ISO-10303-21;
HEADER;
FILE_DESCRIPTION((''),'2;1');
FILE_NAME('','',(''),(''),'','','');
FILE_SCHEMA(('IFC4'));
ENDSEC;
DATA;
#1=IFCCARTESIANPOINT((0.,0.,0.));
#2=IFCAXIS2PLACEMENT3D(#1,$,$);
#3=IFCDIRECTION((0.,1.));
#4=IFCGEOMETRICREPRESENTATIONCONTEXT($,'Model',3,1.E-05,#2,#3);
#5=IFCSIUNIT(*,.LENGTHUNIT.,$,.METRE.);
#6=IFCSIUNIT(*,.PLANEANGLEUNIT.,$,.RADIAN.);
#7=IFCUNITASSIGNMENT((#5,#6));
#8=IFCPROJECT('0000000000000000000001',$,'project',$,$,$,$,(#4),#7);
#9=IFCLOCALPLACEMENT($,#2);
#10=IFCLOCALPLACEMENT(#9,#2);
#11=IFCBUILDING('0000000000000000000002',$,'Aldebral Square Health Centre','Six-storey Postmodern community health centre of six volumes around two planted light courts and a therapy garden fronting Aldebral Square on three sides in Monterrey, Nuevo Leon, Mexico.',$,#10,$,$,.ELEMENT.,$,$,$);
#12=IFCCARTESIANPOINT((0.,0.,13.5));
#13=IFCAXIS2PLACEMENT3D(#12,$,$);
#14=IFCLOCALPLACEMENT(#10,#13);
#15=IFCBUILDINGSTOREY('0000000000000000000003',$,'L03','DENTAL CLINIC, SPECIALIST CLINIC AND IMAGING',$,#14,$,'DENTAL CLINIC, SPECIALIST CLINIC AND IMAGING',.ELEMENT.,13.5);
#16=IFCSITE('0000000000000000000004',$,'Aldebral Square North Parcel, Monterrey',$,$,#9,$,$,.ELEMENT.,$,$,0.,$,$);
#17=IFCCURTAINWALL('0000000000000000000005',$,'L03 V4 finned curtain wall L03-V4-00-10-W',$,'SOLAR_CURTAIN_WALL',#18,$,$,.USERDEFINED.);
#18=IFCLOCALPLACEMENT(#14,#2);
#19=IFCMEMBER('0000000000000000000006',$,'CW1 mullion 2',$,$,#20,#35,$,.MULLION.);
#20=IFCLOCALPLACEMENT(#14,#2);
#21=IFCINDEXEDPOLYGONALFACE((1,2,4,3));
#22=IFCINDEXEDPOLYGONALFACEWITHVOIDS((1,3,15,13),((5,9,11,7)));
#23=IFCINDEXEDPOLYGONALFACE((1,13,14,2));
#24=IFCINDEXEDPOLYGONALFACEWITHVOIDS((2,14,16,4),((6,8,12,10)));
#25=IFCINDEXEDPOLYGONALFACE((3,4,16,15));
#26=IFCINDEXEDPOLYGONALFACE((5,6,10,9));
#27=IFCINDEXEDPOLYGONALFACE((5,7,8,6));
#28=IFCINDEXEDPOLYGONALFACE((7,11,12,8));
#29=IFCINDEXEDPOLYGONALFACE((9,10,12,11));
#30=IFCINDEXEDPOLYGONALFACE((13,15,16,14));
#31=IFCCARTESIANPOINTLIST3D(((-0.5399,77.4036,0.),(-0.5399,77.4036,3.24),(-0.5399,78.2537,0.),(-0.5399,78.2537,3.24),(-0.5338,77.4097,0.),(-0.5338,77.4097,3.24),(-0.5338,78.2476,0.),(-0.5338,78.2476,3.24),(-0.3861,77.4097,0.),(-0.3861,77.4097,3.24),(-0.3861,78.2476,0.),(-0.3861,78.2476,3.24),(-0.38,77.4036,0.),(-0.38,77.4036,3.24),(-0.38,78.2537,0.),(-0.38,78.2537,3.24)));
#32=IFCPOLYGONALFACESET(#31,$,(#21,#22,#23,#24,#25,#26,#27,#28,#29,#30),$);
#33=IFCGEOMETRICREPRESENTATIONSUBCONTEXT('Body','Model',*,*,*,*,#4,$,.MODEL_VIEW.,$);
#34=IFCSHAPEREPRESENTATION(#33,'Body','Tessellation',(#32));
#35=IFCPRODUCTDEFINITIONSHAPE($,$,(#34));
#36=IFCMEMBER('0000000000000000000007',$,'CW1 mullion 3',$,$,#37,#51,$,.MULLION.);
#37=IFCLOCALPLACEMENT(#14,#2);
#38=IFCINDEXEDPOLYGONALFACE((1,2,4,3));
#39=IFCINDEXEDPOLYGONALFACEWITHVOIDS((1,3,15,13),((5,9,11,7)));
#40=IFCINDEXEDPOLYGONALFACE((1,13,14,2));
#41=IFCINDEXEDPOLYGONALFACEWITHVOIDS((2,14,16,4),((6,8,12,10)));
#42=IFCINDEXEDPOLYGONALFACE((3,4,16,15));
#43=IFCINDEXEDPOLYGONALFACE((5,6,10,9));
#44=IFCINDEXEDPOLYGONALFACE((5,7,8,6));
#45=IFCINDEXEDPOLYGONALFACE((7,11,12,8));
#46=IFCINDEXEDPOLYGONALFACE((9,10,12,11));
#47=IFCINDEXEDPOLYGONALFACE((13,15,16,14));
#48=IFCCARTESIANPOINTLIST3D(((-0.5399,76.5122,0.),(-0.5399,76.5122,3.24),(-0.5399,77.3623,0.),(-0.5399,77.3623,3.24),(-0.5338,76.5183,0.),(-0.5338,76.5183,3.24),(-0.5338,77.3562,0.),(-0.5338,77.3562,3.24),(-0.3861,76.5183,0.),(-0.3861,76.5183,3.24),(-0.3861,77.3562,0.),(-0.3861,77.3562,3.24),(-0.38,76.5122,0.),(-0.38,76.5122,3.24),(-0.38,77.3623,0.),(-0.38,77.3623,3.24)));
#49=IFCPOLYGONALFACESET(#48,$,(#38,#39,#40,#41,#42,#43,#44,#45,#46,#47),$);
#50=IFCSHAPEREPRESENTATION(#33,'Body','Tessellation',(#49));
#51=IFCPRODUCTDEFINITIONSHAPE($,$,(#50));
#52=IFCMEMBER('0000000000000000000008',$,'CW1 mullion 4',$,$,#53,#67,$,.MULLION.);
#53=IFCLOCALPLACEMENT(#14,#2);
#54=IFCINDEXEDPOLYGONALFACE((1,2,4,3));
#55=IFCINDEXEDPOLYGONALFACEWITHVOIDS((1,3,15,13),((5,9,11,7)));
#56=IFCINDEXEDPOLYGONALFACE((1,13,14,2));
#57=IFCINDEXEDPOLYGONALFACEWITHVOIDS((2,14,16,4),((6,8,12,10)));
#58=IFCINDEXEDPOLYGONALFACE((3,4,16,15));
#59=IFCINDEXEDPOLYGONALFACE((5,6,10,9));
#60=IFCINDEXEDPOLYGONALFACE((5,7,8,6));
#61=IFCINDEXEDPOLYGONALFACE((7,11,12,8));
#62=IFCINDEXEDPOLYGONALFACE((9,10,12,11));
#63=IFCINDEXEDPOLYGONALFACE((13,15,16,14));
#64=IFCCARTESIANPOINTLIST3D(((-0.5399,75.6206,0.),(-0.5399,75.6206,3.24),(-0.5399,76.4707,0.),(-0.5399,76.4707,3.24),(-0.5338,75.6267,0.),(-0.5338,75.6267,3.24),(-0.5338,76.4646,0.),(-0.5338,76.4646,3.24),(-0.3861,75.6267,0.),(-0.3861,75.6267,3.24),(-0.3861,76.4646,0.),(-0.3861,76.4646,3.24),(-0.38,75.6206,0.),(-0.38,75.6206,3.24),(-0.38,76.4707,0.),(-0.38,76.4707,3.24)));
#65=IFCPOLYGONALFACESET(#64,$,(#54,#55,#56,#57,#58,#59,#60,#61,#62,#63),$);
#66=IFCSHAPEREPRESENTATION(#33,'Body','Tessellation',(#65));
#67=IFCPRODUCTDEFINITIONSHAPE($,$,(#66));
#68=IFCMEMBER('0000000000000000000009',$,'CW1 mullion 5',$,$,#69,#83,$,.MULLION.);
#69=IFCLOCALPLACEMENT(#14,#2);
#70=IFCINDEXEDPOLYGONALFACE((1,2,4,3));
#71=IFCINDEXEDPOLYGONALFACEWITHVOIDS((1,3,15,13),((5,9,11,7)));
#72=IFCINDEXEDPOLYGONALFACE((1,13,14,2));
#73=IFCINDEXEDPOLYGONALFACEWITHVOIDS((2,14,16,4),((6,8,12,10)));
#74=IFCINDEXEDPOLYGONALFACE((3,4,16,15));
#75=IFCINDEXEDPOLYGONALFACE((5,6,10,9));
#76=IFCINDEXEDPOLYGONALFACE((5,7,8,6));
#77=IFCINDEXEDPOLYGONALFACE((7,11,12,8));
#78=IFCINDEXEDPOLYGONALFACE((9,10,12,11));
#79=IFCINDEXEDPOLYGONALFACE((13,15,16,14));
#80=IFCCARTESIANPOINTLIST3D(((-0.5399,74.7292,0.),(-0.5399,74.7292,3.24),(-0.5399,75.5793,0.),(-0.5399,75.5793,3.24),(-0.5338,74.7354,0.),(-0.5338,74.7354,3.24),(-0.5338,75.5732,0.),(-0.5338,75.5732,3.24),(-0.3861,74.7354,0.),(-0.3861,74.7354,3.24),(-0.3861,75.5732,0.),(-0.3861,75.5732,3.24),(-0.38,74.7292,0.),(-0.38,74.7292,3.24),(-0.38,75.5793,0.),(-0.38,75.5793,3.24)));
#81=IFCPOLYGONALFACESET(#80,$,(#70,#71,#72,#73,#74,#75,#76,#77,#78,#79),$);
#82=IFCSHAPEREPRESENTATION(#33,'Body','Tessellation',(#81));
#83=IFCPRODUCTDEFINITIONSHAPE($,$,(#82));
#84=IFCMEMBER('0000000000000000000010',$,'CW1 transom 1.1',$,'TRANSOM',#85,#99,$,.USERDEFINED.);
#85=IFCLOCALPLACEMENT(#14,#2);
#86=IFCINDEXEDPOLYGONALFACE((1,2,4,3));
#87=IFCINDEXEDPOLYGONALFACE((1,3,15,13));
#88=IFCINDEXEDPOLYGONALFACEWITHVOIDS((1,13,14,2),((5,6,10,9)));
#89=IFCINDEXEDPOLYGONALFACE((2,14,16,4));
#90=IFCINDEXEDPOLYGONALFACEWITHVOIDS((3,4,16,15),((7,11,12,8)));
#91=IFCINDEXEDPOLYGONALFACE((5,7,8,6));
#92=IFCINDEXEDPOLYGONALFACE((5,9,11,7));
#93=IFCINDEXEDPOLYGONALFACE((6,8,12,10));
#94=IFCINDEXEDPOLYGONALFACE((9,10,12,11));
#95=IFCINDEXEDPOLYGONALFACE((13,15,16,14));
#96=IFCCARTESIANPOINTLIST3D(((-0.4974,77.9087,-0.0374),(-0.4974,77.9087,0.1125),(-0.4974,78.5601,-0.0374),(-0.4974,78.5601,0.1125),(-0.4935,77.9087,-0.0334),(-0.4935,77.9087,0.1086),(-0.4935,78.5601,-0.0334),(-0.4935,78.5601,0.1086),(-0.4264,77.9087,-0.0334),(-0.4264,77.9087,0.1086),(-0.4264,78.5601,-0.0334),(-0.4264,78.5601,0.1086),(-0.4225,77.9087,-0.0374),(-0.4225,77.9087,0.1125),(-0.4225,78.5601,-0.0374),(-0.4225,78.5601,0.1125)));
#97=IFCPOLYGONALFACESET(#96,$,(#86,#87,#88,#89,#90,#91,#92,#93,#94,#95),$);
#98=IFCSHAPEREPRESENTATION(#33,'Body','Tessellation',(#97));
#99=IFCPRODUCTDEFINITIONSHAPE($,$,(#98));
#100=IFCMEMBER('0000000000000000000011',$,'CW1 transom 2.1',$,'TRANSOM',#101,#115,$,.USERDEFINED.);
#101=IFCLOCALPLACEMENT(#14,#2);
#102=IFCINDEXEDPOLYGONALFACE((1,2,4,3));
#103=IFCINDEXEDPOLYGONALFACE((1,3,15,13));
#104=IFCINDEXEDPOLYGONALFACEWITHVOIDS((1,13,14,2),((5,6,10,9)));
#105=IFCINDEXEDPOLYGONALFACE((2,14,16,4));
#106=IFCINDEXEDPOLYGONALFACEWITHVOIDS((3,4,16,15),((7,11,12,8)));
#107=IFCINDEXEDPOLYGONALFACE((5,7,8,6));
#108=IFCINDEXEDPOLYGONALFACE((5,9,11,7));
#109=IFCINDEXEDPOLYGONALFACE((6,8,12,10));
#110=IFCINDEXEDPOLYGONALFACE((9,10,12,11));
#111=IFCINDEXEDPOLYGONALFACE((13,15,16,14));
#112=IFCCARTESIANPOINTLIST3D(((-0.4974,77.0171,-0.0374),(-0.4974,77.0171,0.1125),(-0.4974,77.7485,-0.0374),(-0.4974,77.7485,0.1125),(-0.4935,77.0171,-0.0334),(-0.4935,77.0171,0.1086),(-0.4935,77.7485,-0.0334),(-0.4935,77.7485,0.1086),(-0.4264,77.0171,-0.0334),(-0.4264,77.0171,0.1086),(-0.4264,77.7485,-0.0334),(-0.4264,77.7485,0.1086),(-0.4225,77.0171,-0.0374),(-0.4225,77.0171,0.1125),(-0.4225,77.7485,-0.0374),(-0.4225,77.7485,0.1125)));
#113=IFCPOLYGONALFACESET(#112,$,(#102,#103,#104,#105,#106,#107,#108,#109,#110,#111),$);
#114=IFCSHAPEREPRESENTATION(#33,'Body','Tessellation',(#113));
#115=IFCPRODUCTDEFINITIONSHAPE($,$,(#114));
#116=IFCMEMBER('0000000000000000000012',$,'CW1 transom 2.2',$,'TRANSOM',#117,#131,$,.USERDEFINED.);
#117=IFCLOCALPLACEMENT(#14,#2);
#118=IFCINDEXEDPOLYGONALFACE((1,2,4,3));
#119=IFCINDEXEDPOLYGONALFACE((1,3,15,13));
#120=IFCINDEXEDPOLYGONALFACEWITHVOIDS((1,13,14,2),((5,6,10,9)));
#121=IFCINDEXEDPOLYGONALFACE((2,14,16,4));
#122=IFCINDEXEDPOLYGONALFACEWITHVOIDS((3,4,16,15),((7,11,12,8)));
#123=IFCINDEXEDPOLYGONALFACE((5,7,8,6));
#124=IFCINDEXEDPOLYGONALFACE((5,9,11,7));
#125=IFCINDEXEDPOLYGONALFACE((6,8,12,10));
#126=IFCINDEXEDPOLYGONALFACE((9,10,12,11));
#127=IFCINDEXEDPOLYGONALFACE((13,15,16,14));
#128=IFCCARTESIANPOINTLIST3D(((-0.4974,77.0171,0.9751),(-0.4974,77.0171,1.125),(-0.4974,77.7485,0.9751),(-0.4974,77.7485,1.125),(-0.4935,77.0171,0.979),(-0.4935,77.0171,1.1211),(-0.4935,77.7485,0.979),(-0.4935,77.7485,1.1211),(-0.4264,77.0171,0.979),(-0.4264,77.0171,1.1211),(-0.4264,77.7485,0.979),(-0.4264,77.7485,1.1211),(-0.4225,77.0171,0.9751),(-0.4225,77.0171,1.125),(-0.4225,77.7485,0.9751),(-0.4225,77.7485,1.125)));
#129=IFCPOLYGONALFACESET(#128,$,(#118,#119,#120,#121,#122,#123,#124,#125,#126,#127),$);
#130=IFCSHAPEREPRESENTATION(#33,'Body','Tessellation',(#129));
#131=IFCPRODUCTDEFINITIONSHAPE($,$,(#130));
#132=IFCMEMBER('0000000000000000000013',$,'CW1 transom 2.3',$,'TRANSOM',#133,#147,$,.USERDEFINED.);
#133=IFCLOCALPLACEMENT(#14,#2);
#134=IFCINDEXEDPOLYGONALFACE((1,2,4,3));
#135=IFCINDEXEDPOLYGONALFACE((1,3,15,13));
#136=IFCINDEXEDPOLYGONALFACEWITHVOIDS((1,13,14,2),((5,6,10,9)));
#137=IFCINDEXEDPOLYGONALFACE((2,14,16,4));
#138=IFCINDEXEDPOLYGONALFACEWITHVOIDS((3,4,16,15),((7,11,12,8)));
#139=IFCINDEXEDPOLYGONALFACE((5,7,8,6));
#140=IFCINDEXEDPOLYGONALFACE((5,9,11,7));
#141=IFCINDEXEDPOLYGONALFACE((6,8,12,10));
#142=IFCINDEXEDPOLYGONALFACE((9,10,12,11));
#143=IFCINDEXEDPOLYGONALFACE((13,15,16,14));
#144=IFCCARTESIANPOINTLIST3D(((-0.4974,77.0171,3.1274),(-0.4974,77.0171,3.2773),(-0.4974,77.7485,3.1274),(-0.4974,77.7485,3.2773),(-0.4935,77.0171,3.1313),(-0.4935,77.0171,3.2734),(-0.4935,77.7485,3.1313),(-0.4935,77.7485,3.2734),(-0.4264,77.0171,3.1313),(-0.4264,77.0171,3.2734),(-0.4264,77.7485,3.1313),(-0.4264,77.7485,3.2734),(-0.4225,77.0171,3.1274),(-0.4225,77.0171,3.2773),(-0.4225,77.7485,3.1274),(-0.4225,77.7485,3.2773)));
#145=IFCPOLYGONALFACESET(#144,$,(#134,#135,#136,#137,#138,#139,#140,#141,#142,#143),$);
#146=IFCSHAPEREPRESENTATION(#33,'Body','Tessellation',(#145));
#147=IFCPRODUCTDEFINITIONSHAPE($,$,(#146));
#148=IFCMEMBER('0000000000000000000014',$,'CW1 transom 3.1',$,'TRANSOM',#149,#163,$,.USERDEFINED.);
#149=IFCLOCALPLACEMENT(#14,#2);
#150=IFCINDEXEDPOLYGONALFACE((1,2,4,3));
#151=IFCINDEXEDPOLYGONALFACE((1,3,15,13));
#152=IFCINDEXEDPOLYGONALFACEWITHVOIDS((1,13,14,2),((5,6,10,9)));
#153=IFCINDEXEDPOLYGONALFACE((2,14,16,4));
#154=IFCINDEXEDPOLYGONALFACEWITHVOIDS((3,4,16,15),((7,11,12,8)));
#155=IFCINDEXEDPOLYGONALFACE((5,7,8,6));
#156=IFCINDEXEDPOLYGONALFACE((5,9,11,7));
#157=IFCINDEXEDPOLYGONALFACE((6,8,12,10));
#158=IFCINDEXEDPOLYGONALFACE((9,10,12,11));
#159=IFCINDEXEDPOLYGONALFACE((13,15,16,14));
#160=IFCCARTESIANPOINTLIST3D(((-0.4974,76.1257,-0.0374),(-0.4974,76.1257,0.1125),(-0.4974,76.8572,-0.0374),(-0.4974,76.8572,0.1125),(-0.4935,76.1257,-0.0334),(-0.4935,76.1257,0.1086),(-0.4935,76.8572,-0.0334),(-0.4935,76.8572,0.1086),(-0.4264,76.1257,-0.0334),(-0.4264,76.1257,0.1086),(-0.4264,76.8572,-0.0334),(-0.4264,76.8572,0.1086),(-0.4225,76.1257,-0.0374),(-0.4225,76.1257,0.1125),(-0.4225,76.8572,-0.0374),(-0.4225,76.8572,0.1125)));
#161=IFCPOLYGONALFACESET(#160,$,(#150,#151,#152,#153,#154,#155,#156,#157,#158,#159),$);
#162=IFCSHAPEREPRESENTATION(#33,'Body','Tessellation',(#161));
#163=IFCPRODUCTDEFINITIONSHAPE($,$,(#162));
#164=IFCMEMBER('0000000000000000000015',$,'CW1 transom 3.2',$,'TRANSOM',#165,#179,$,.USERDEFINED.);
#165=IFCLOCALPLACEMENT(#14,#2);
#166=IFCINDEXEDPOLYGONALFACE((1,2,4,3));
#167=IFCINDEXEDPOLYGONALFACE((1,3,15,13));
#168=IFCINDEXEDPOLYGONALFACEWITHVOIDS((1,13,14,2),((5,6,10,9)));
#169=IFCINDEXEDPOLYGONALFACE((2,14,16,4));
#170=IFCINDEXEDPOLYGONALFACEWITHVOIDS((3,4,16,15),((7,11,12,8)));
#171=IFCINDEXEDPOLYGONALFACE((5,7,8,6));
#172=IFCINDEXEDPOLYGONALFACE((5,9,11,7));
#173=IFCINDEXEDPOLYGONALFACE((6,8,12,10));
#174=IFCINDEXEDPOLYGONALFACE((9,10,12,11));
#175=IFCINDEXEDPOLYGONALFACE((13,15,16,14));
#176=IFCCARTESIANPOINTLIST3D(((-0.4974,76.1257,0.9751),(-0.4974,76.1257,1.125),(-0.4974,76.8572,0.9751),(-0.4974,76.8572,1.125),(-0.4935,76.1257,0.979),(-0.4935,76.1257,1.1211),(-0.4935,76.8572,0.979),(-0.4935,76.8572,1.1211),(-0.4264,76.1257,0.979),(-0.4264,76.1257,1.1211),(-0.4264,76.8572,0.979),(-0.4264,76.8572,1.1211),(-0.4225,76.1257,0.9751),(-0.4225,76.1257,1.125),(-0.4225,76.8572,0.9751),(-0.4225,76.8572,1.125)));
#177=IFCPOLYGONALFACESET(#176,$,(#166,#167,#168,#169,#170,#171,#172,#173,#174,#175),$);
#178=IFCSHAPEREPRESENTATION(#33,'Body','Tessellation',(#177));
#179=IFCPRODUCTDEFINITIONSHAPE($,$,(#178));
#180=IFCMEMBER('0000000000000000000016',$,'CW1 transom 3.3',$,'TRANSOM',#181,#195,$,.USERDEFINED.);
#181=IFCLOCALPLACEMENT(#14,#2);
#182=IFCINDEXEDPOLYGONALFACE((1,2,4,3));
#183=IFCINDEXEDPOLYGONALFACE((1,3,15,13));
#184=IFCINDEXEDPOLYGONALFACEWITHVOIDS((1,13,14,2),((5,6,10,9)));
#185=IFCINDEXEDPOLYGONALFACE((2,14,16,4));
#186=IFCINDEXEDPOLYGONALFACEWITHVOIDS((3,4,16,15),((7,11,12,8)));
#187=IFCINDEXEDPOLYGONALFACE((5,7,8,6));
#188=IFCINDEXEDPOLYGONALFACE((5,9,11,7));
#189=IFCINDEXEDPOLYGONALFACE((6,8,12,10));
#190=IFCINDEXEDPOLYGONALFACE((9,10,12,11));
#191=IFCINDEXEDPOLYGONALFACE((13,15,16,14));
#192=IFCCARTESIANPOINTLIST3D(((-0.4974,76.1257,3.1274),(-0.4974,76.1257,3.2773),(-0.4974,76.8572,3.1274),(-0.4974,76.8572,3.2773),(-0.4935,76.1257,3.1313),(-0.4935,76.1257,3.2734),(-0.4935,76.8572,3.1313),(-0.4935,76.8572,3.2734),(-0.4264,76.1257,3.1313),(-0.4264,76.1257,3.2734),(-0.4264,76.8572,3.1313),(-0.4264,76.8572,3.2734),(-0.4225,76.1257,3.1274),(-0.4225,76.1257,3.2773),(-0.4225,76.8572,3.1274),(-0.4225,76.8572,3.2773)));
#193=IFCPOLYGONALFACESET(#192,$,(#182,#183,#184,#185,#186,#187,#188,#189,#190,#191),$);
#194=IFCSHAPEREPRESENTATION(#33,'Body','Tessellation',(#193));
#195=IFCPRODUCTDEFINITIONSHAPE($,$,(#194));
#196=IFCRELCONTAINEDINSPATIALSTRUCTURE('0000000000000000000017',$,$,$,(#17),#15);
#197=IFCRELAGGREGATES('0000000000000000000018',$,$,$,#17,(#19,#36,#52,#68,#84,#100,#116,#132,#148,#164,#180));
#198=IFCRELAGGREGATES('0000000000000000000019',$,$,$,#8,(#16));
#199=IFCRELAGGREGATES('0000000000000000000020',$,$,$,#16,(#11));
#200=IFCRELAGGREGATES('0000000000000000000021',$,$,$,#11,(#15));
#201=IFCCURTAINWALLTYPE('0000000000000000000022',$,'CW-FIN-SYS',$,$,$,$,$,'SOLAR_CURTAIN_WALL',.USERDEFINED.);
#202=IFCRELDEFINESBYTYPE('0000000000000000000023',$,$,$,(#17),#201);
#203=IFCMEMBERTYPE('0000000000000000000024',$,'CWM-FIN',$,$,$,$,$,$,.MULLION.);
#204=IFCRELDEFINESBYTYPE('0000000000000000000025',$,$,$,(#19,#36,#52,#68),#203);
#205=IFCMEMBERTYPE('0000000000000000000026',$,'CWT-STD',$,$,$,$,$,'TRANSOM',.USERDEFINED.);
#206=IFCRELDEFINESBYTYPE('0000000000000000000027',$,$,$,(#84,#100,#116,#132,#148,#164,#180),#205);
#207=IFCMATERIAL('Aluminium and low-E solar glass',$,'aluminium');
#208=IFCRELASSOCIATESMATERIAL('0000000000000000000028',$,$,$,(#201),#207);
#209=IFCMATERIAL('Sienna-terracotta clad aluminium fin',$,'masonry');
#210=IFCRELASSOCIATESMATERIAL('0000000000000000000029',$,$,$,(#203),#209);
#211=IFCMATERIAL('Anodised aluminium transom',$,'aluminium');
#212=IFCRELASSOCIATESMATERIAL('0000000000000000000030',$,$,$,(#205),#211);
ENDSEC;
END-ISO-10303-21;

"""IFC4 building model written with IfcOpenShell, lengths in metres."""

from ifc_helpers import new_model, si_unit, direction, frame, origin, origin_2d, place, context, subcontext, project, spatial, hollow_rectangle, extrude, material, material_profile, profile_set, type_object, element, aggregate, save


model = new_model("IFC4")

# Units and contexts
model_context = context("Model", 3, precision=1e-05, world=origin(), true_north=direction((0.0, 1.0)))
body_context = subcontext(model_context, "Body", "Model", "MODEL_VIEW")
ifc_project = project(units=[si_unit("LENGTHUNIT", "METRE"), si_unit("PLANEANGLEUNIT", "RADIAN")], contexts=[model_context])

# Site, building, storey
site_placement = place(None, origin())
site = spatial("IfcSite", under=ifc_project, at=site_placement, Name="Aldebral Square North Parcel, Monterrey", CompositionType="ELEMENT", RefElevation=0.0)
building_placement = place(site_placement, origin())
building = spatial("IfcBuilding", under=site, at=building_placement, Name="Aldebral Square Health Centre", Description="Six-storey Postmodern community health centre of six volumes around two planted light courts and a therapy garden fronting Aldebral Square on three sides in Monterrey, Nuevo Leon, Mexico.", CompositionType="ELEMENT")
storey_placement = place(building_placement, frame((0.0, 0.0, 13.5)))
storey = spatial("IfcBuildingStorey", under=building, at=storey_placement, Name="L03", Description="DENTAL CLINIC, SPECIALIST CLINIC AND IMAGING", LongName="DENTAL CLINIC, SPECIALIST CLINIC AND IMAGING", CompositionType="ELEMENT", Elevation=13.5)

# Curtain wall, members
ifc_material_1 = material(Name="Aluminium and low-E solar glass", Category="aluminium")
curtain_wall_type = type_object("IfcCurtainWallType", Name="CW-FIN-SYS", ElementType="SOLAR_CURTAIN_WALL", PredefinedType="USERDEFINED", material=ifc_material_1)
curtain_wall_placement = place(storey_placement, origin())
curtain_wall = element("IfcCurtainWall", 1, at=curtain_wall_placement, inside=storey, type_object=curtain_wall_type, Name="L03 V4 finned curtain wall L03-V4-00-10-W", ObjectType="SOLAR_CURTAIN_WALL", PredefinedType="USERDEFINED")
ifc_material_2 = material(Name="Sienna-terracotta clad aluminium fin", Category="masonry")
ifc_material_profile_1 = material_profile(ifc_material_2, hollow_rectangle(XDim=0.1599, YDim=0.8501, WallThickness=0.0061, at=origin_2d()), Name="FIN 160x850x6")
ifc_profile_set_1 = profile_set([ifc_material_profile_1], Name="Sienna-terracotta clad aluminium fin")
member_type_1 = type_object("IfcMemberType", Name="CWM-FIN", PredefinedType="MULLION", material=ifc_profile_set_1)
member_1_placement = place(storey_placement, frame((-0.46, 77.8286, 0.0), z_axis=(0.0, 0.0, 1.0), x_axis=(1.0, 0.0, 0.0)))
member_1 = element("IfcMember", 2, at=member_1_placement, type_object=member_type_1, Name="CW1 mullion 2", PredefinedType="MULLION", context=body_context, shape_type="SweptSolid", body=[
    extrude(hollow_rectangle(XDim=0.1599, YDim=0.8501, WallThickness=0.0061, at=origin_2d()), origin(), (0.0, 0.0, 1.0), 3.24),
])
member_2_placement = place(storey_placement, frame((-0.46, 76.9373, 0.0), z_axis=(0.0, 0.0, 1.0), x_axis=(1.0, 0.0, 0.0)))
member_2 = element("IfcMember", 3, at=member_2_placement, type_object=member_type_1, Name="CW1 mullion 3", PredefinedType="MULLION", context=body_context, shape_type="SweptSolid", body=[
    extrude(hollow_rectangle(XDim=0.1599, YDim=0.8501, WallThickness=0.0061, at=origin_2d()), origin(), (0.0, 0.0, 1.0), 3.24),
])
member_3_placement = place(storey_placement, frame((-0.46, 76.0457, 0.0), z_axis=(0.0, 0.0, 1.0), x_axis=(1.0, 0.0, 0.0)))
member_3 = element("IfcMember", 4, at=member_3_placement, type_object=member_type_1, Name="CW1 mullion 4", PredefinedType="MULLION", context=body_context, shape_type="SweptSolid", body=[
    extrude(hollow_rectangle(XDim=0.1599, YDim=0.8501, WallThickness=0.0061, at=origin_2d()), origin(), (0.0, 0.0, 1.0), 3.24),
])
member_4_placement = place(storey_placement, frame((-0.46, 75.1543, 0.0), z_axis=(0.0, 0.0, 1.0), x_axis=(1.0, 0.0, 0.0)))
member_4 = element("IfcMember", 5, at=member_4_placement, type_object=member_type_1, Name="CW1 mullion 5", PredefinedType="MULLION", context=body_context, shape_type="SweptSolid", body=[
    extrude(hollow_rectangle(XDim=0.1599, YDim=0.8501, WallThickness=0.0061, at=origin_2d()), origin(), (0.0, 0.0, 1.0), 3.24),
])
ifc_material_3 = material(Name="Anodised aluminium transom", Category="aluminium")
ifc_material_profile_2 = material_profile(ifc_material_3, hollow_rectangle(XDim=0.075, YDim=0.1499, WallThickness=0.0039, at=origin_2d()), Name="CWT 75x150x4")
ifc_profile_set_2 = profile_set([ifc_material_profile_2], Name="Anodised aluminium transom")
member_type_2 = type_object("IfcMemberType", Name="CWT-STD", ElementType="TRANSOM", PredefinedType="USERDEFINED", material=ifc_profile_set_2)
member_5_placement = place(storey_placement, frame((-0.46, 78.5601, 0.0376), z_axis=(0.0, -1.0, 0.0), x_axis=(1.0, 0.0, 0.0)))
member_5 = element("IfcMember", 6, at=member_5_placement, type_object=member_type_2, Name="CW1 transom 1.1", ObjectType="TRANSOM", PredefinedType="USERDEFINED", context=body_context, shape_type="SweptSolid", body=[
    extrude(hollow_rectangle(XDim=0.075, YDim=0.1499, WallThickness=0.0039, at=origin_2d()), origin(), (0.0, 0.0, 1.0), 0.6514),
])
member_6_placement = place(storey_placement, frame((-0.46, 77.7485, 0.0376), z_axis=(0.0, -1.0, 0.0), x_axis=(1.0, 0.0, 0.0)))
member_6 = element("IfcMember", 7, at=member_6_placement, type_object=member_type_2, Name="CW1 transom 2.1", ObjectType="TRANSOM", PredefinedType="USERDEFINED", context=body_context, shape_type="SweptSolid", body=[
    extrude(hollow_rectangle(XDim=0.075, YDim=0.1499, WallThickness=0.0039, at=origin_2d()), origin(), (0.0, 0.0, 1.0), 0.7314),
])
member_7_placement = place(storey_placement, frame((-0.46, 77.7485, 1.05), z_axis=(0.0, -1.0, 0.0), x_axis=(1.0, 0.0, 0.0)))
member_7 = element("IfcMember", 8, at=member_7_placement, type_object=member_type_2, Name="CW1 transom 2.2", ObjectType="TRANSOM", PredefinedType="USERDEFINED", context=body_context, shape_type="SweptSolid", body=[
    extrude(hollow_rectangle(XDim=0.075, YDim=0.1499, WallThickness=0.0039, at=origin_2d()), origin(), (0.0, 0.0, 1.0), 0.7314),
])
member_8_placement = place(storey_placement, frame((-0.46, 77.7485, 3.2024), z_axis=(0.0, -1.0, 0.0), x_axis=(1.0, 0.0, 0.0)))
member_8 = element("IfcMember", 9, at=member_8_placement, type_object=member_type_2, Name="CW1 transom 2.3", ObjectType="TRANSOM", PredefinedType="USERDEFINED", context=body_context, shape_type="SweptSolid", body=[
    extrude(hollow_rectangle(XDim=0.075, YDim=0.1499, WallThickness=0.0039, at=origin_2d()), origin(), (0.0, 0.0, 1.0), 0.7314),
])
member_9_placement = place(storey_placement, frame((-0.46, 76.8572, 0.0376), z_axis=(0.0, -1.0, 0.0), x_axis=(1.0, 0.0, 0.0)))
member_9 = element("IfcMember", 10, at=member_9_placement, type_object=member_type_2, Name="CW1 transom 3.1", ObjectType="TRANSOM", PredefinedType="USERDEFINED", context=body_context, shape_type="SweptSolid", body=[
    extrude(hollow_rectangle(XDim=0.075, YDim=0.1499, WallThickness=0.0039, at=origin_2d()), origin(), (0.0, 0.0, 1.0), 0.7314),
])
member_10_placement = place(storey_placement, frame((-0.46, 76.8572, 1.05), z_axis=(0.0, -1.0, 0.0), x_axis=(1.0, 0.0, 0.0)))
member_10 = element("IfcMember", 11, at=member_10_placement, type_object=member_type_2, Name="CW1 transom 3.2", ObjectType="TRANSOM", PredefinedType="USERDEFINED", context=body_context, shape_type="SweptSolid", body=[
    extrude(hollow_rectangle(XDim=0.075, YDim=0.1499, WallThickness=0.0039, at=origin_2d()), origin(), (0.0, 0.0, 1.0), 0.7314),
])
member_11_placement = place(storey_placement, frame((-0.46, 76.8572, 3.2024), z_axis=(0.0, -1.0, 0.0), x_axis=(1.0, 0.0, 0.0)))
member_11 = element("IfcMember", 12, at=member_11_placement, type_object=member_type_2, Name="CW1 transom 3.3", ObjectType="TRANSOM", PredefinedType="USERDEFINED", context=body_context, shape_type="SweptSolid", body=[
    extrude(hollow_rectangle(XDim=0.075, YDim=0.1499, WallThickness=0.0039, at=origin_2d()), origin(), (0.0, 0.0, 1.0), 0.7314),
])
aggregate(curtain_wall, [member_1, member_2, member_3, member_4, member_5, member_6, member_7, member_8, member_9, member_10, member_11])

save(model, "model.ifc")
